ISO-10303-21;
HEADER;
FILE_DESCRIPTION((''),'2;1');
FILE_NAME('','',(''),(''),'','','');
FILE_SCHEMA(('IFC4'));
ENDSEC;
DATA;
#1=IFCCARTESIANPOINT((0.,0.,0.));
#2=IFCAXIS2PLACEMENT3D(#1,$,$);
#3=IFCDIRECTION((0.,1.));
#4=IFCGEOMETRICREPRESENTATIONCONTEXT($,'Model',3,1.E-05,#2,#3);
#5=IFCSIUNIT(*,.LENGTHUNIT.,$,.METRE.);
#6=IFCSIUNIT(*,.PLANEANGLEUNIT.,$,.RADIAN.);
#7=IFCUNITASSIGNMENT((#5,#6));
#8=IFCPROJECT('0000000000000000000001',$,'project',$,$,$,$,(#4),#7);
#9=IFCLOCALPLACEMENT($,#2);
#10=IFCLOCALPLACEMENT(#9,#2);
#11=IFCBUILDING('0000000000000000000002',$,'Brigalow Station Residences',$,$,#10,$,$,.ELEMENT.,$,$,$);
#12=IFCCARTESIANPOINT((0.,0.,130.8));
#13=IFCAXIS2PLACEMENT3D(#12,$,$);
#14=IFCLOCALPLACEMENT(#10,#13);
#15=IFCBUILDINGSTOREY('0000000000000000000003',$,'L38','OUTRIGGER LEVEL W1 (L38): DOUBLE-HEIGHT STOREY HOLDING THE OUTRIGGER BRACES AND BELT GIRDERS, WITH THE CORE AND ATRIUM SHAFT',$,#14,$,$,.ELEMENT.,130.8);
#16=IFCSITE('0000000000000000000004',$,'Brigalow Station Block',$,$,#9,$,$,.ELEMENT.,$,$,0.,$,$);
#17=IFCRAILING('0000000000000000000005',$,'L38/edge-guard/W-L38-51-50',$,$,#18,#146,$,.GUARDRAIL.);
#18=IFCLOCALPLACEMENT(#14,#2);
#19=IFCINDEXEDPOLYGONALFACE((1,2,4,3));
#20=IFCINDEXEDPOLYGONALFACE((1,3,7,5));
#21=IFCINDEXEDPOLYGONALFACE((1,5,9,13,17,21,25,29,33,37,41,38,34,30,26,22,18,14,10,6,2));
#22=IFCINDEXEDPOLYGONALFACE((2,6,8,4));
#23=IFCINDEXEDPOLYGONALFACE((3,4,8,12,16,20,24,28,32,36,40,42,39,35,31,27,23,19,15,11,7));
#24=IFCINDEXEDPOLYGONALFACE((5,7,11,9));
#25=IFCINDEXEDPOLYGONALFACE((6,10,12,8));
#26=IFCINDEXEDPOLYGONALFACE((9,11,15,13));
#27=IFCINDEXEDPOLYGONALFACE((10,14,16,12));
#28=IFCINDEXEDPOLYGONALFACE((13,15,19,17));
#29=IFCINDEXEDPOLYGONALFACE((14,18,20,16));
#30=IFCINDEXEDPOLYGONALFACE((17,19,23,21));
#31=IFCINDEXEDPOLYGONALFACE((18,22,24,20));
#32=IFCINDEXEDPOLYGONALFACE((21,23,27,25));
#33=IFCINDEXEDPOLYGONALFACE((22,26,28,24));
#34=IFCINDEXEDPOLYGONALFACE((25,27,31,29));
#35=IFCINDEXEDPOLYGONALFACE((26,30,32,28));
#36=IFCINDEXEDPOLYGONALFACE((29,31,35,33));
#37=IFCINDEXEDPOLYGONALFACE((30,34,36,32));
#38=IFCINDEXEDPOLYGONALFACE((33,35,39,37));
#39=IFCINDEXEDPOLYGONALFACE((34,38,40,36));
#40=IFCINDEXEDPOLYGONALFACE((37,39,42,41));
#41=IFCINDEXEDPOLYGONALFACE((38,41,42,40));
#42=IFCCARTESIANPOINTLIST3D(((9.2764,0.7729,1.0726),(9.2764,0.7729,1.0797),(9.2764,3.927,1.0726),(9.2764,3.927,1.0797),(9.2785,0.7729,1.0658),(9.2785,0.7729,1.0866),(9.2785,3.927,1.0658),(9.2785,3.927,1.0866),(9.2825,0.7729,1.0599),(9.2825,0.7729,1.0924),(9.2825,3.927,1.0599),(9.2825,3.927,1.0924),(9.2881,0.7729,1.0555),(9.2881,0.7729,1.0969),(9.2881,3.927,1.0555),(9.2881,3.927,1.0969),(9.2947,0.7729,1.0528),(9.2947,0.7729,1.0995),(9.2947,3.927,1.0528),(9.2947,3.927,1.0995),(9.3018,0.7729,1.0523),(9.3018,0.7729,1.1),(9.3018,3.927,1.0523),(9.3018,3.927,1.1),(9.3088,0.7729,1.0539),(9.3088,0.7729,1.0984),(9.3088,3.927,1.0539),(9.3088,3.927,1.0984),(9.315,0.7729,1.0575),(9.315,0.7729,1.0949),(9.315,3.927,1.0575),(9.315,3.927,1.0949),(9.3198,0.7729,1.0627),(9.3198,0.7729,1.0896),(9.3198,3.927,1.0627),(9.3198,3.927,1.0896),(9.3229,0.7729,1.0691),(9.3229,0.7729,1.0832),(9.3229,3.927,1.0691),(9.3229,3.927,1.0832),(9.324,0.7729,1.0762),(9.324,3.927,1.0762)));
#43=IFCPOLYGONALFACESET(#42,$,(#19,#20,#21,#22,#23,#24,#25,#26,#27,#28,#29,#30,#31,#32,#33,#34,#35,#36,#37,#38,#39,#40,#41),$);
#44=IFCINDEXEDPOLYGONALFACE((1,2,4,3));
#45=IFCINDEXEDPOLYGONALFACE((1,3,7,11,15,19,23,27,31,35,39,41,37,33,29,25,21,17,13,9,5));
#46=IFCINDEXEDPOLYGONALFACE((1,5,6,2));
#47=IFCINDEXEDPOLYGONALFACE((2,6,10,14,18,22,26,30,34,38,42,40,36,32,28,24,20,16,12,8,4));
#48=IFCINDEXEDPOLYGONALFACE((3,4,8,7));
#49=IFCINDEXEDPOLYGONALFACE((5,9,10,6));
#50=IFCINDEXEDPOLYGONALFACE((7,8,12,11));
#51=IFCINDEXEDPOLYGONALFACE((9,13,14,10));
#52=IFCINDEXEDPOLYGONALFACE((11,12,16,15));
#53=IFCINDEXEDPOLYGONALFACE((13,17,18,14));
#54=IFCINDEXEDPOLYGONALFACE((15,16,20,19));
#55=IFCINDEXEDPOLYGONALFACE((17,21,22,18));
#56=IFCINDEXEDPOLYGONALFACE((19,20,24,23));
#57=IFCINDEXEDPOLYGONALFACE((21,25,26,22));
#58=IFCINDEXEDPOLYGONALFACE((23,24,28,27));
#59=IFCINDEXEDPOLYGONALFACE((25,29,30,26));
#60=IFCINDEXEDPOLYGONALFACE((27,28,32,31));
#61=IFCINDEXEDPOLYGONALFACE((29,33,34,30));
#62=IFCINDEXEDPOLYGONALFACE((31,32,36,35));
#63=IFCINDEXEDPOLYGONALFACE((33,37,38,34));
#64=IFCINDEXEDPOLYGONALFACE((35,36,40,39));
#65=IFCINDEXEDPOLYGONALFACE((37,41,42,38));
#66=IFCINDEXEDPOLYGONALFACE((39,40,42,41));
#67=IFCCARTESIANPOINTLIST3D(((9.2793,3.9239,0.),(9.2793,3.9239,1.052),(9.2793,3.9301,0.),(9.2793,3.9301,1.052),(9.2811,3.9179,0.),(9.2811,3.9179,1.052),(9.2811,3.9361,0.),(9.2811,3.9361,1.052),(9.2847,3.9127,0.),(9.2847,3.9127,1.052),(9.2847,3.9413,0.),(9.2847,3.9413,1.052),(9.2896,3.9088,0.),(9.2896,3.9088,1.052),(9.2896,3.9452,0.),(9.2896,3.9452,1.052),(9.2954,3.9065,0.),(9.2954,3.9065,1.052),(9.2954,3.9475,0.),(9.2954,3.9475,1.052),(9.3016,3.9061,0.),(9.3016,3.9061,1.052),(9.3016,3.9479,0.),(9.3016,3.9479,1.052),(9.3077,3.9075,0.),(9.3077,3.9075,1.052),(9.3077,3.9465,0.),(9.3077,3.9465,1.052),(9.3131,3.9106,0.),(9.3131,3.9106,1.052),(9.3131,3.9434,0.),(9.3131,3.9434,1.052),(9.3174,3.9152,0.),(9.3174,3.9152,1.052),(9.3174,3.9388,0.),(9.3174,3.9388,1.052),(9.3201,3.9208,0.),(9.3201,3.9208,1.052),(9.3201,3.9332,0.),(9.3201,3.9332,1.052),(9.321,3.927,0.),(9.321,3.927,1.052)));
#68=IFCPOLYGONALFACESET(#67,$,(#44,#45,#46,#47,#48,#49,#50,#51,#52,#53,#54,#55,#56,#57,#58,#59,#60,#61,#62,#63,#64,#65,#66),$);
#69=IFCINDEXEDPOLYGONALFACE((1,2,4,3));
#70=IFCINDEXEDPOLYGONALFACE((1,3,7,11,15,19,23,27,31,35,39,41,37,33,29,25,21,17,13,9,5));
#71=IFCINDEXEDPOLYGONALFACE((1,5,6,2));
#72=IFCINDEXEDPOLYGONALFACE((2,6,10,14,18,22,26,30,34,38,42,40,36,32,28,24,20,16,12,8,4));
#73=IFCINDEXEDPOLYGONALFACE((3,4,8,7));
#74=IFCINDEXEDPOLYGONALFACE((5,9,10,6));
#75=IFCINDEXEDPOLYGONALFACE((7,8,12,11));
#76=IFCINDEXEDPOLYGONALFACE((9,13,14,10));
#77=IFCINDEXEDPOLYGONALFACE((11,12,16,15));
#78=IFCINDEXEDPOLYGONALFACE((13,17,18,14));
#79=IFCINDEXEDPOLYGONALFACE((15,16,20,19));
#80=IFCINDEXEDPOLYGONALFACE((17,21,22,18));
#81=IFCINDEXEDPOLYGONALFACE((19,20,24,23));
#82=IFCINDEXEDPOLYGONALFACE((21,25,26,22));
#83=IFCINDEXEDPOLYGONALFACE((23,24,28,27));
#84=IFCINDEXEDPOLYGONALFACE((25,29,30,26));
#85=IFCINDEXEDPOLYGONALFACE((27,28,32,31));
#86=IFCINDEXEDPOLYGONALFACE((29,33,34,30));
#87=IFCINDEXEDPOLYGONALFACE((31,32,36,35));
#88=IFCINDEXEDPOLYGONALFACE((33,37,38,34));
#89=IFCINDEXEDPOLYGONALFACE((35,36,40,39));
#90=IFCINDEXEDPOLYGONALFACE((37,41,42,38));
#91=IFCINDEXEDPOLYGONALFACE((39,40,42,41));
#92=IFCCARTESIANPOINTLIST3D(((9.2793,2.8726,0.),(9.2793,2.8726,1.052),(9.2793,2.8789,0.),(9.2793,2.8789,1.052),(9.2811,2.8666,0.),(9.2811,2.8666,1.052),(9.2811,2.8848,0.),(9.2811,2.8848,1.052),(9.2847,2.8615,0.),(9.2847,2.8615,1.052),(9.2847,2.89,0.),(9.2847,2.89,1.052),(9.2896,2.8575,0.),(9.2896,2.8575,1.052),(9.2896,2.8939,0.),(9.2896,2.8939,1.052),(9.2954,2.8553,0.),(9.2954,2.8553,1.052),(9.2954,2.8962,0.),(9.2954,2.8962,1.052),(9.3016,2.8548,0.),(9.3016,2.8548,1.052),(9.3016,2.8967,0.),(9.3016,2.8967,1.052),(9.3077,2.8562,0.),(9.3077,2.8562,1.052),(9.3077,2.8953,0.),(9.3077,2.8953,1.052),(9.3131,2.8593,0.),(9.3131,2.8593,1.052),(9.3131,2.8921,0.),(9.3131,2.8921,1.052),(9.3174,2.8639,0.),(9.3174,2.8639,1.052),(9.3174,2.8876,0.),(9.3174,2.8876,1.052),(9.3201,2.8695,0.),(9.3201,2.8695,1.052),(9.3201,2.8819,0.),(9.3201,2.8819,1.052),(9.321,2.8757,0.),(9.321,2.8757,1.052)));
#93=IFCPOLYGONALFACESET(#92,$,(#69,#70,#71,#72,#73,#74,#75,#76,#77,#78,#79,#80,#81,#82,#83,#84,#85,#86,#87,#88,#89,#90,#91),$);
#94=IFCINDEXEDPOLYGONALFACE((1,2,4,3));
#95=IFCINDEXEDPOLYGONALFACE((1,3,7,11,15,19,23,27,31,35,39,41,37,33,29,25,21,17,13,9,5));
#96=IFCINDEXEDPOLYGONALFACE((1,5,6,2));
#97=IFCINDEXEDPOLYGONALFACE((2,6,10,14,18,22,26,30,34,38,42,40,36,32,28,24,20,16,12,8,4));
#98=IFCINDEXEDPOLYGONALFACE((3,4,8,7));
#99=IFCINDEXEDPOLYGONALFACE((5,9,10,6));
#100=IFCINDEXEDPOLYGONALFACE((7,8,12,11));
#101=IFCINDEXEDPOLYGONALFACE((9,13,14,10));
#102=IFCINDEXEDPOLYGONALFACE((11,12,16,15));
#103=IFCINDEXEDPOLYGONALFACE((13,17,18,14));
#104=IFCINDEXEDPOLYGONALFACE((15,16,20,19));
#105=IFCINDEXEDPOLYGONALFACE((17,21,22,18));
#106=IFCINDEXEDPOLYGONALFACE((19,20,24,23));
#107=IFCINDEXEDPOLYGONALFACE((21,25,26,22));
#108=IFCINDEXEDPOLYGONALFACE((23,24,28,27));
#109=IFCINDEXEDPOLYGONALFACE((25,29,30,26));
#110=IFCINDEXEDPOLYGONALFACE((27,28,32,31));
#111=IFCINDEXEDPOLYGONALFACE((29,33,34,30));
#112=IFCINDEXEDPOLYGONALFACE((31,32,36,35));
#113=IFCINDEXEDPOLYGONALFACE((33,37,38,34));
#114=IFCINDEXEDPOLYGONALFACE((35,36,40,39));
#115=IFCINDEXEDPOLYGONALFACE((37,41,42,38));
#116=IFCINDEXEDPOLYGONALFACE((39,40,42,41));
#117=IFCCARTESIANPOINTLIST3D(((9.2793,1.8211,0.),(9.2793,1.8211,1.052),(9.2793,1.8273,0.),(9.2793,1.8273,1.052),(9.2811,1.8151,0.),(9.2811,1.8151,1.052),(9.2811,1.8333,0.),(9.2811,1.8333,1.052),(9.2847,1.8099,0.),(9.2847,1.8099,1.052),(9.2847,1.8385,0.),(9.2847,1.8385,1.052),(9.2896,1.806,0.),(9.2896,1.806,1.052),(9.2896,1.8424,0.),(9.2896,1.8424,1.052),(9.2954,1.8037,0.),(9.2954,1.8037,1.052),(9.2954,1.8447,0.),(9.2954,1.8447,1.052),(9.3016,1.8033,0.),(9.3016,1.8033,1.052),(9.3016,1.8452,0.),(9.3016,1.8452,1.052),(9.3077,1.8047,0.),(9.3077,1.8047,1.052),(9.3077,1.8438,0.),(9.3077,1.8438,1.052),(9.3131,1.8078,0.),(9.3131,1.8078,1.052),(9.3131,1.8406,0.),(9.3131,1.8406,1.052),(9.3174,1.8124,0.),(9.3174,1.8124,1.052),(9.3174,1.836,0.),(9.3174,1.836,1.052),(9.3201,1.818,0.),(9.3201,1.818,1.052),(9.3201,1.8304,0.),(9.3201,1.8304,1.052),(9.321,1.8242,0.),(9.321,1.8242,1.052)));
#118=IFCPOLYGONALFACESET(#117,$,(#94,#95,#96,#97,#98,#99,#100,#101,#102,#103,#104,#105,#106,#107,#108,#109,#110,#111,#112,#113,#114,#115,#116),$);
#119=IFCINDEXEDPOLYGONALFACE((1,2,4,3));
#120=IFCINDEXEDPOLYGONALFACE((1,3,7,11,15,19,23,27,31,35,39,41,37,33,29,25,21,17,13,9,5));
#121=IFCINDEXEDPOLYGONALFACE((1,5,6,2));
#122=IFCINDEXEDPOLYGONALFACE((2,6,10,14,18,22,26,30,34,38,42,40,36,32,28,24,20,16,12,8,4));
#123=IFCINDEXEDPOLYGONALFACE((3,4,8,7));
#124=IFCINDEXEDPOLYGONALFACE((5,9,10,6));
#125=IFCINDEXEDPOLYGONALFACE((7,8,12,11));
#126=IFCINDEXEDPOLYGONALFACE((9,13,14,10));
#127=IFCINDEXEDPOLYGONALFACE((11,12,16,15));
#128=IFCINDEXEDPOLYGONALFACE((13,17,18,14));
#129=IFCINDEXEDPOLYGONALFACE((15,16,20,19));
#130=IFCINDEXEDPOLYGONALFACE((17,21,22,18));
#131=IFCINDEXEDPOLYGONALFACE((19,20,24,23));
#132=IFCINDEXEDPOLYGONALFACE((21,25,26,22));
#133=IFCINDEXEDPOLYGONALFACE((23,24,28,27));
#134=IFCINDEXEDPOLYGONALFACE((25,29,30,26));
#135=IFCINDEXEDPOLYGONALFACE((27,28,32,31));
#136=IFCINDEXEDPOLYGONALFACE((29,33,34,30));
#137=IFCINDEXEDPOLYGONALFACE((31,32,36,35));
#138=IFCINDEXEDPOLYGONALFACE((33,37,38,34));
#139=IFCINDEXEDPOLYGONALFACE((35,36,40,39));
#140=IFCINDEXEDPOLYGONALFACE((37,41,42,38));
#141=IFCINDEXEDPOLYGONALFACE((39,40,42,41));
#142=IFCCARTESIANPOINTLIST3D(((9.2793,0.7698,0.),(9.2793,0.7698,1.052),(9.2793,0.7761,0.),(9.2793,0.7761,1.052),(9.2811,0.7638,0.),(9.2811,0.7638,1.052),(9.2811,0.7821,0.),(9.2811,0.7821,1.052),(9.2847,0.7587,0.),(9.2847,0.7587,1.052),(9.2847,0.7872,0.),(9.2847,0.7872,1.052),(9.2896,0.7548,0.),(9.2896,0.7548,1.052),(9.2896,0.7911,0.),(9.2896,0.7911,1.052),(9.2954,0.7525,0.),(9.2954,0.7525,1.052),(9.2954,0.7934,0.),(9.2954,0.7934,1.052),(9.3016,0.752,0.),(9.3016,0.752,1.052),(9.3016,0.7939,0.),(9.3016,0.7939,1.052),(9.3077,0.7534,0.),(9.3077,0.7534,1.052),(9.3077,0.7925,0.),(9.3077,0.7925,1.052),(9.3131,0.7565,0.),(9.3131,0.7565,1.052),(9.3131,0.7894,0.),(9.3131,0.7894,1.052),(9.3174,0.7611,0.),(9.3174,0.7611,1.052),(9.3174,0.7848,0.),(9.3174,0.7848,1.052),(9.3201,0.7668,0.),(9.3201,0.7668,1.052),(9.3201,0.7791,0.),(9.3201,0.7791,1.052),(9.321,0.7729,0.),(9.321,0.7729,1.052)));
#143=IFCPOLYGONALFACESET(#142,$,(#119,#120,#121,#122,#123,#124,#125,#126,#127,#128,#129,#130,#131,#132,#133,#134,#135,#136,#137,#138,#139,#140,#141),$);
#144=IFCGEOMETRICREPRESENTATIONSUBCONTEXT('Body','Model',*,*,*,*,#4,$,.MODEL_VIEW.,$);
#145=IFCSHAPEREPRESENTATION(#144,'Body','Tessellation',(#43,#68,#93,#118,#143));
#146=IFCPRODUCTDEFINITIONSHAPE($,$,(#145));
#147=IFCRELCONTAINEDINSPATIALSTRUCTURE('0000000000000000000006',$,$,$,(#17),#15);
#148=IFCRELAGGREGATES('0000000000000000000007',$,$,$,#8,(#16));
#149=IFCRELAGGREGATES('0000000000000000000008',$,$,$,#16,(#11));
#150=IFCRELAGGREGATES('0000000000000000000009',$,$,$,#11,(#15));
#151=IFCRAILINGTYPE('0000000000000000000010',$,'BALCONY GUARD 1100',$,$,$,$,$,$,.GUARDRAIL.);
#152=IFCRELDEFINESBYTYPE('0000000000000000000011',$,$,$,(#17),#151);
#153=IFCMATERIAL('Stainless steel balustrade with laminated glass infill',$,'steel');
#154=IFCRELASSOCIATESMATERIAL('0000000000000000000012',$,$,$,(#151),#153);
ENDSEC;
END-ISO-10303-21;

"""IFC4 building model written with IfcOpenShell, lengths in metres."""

from ifc_helpers import new_model, si_unit, direction, frame, origin, origin_2d, place, context, subcontext, project, spatial, circle, extrude, material, type_object, element, save


model = new_model("IFC4")

# Units and contexts
model_context = context("Model", 3, precision=1e-05, world=origin(), true_north=direction((0.0, 1.0)))
body_context = subcontext(model_context, "Body", "Model", "MODEL_VIEW")
ifc_project = project(units=[si_unit("LENGTHUNIT", "METRE"), si_unit("PLANEANGLEUNIT", "RADIAN")], contexts=[model_context])

# Site, building, storey
site_placement = place(None, origin())
site = spatial("IfcSite", under=ifc_project, at=site_placement, Name="Brigalow Station Block", CompositionType="ELEMENT", RefElevation=0.0)
building_placement = place(site_placement, origin())
building = spatial("IfcBuilding", under=site, at=building_placement, Name="Brigalow Station Residences", CompositionType="ELEMENT")
storey_placement = place(building_placement, frame((0.0, 0.0, 130.8)))
storey = spatial("IfcBuildingStorey", under=building, at=storey_placement, Name="L38", Description="OUTRIGGER LEVEL W1 (L38): DOUBLE-HEIGHT STOREY HOLDING THE OUTRIGGER BRACES AND BELT GIRDERS, WITH THE CORE AND ATRIUM SHAFT", CompositionType="ELEMENT", Elevation=130.8)

# Railing
ifc_material_1 = material(Name="Stainless steel balustrade with laminated glass infill", Category="steel")
railing_type = type_object("IfcRailingType", Name="BALCONY GUARD 1100", PredefinedType="GUARDRAIL", material=ifc_material_1)
railing_1_placement = place(storey_placement, frame((9.3, 3.927, 0.0)))
element("IfcRailing", 1, at=railing_1_placement, inside=storey, type_object=railing_type, Name="L38/edge-guard/W-L38-51-50", PredefinedType="GUARDRAIL", context=body_context, shape_type="SweptSolid", body=[
    extrude(circle(Radius=0.0239, at=origin_2d()), frame((0.0, 0.0, 1.0762), z_axis=(0.0, -1.0, 0.0), x_axis=(1.0, 0.0, 0.0)), (0.0, 0.0, 1.0), 3.1541),
    extrude(circle(Radius=0.021, at=origin_2d()), origin(), (0.0, 0.0, 1.0), 1.052),
    extrude(circle(Radius=0.021, at=origin_2d()), frame((0.0, -1.0513, 0.0)), (0.0, 0.0, 1.0), 1.052),
    extrude(circle(Radius=0.021, at=origin_2d()), frame((0.0, -2.1028, 0.0)), (0.0, 0.0, 1.0), 1.052),
    extrude(circle(Radius=0.021, at=origin_2d()), frame((0.0, -3.1541, 0.0)), (0.0, 0.0, 1.0), 1.052),
])

save(model, "model.ifc")
